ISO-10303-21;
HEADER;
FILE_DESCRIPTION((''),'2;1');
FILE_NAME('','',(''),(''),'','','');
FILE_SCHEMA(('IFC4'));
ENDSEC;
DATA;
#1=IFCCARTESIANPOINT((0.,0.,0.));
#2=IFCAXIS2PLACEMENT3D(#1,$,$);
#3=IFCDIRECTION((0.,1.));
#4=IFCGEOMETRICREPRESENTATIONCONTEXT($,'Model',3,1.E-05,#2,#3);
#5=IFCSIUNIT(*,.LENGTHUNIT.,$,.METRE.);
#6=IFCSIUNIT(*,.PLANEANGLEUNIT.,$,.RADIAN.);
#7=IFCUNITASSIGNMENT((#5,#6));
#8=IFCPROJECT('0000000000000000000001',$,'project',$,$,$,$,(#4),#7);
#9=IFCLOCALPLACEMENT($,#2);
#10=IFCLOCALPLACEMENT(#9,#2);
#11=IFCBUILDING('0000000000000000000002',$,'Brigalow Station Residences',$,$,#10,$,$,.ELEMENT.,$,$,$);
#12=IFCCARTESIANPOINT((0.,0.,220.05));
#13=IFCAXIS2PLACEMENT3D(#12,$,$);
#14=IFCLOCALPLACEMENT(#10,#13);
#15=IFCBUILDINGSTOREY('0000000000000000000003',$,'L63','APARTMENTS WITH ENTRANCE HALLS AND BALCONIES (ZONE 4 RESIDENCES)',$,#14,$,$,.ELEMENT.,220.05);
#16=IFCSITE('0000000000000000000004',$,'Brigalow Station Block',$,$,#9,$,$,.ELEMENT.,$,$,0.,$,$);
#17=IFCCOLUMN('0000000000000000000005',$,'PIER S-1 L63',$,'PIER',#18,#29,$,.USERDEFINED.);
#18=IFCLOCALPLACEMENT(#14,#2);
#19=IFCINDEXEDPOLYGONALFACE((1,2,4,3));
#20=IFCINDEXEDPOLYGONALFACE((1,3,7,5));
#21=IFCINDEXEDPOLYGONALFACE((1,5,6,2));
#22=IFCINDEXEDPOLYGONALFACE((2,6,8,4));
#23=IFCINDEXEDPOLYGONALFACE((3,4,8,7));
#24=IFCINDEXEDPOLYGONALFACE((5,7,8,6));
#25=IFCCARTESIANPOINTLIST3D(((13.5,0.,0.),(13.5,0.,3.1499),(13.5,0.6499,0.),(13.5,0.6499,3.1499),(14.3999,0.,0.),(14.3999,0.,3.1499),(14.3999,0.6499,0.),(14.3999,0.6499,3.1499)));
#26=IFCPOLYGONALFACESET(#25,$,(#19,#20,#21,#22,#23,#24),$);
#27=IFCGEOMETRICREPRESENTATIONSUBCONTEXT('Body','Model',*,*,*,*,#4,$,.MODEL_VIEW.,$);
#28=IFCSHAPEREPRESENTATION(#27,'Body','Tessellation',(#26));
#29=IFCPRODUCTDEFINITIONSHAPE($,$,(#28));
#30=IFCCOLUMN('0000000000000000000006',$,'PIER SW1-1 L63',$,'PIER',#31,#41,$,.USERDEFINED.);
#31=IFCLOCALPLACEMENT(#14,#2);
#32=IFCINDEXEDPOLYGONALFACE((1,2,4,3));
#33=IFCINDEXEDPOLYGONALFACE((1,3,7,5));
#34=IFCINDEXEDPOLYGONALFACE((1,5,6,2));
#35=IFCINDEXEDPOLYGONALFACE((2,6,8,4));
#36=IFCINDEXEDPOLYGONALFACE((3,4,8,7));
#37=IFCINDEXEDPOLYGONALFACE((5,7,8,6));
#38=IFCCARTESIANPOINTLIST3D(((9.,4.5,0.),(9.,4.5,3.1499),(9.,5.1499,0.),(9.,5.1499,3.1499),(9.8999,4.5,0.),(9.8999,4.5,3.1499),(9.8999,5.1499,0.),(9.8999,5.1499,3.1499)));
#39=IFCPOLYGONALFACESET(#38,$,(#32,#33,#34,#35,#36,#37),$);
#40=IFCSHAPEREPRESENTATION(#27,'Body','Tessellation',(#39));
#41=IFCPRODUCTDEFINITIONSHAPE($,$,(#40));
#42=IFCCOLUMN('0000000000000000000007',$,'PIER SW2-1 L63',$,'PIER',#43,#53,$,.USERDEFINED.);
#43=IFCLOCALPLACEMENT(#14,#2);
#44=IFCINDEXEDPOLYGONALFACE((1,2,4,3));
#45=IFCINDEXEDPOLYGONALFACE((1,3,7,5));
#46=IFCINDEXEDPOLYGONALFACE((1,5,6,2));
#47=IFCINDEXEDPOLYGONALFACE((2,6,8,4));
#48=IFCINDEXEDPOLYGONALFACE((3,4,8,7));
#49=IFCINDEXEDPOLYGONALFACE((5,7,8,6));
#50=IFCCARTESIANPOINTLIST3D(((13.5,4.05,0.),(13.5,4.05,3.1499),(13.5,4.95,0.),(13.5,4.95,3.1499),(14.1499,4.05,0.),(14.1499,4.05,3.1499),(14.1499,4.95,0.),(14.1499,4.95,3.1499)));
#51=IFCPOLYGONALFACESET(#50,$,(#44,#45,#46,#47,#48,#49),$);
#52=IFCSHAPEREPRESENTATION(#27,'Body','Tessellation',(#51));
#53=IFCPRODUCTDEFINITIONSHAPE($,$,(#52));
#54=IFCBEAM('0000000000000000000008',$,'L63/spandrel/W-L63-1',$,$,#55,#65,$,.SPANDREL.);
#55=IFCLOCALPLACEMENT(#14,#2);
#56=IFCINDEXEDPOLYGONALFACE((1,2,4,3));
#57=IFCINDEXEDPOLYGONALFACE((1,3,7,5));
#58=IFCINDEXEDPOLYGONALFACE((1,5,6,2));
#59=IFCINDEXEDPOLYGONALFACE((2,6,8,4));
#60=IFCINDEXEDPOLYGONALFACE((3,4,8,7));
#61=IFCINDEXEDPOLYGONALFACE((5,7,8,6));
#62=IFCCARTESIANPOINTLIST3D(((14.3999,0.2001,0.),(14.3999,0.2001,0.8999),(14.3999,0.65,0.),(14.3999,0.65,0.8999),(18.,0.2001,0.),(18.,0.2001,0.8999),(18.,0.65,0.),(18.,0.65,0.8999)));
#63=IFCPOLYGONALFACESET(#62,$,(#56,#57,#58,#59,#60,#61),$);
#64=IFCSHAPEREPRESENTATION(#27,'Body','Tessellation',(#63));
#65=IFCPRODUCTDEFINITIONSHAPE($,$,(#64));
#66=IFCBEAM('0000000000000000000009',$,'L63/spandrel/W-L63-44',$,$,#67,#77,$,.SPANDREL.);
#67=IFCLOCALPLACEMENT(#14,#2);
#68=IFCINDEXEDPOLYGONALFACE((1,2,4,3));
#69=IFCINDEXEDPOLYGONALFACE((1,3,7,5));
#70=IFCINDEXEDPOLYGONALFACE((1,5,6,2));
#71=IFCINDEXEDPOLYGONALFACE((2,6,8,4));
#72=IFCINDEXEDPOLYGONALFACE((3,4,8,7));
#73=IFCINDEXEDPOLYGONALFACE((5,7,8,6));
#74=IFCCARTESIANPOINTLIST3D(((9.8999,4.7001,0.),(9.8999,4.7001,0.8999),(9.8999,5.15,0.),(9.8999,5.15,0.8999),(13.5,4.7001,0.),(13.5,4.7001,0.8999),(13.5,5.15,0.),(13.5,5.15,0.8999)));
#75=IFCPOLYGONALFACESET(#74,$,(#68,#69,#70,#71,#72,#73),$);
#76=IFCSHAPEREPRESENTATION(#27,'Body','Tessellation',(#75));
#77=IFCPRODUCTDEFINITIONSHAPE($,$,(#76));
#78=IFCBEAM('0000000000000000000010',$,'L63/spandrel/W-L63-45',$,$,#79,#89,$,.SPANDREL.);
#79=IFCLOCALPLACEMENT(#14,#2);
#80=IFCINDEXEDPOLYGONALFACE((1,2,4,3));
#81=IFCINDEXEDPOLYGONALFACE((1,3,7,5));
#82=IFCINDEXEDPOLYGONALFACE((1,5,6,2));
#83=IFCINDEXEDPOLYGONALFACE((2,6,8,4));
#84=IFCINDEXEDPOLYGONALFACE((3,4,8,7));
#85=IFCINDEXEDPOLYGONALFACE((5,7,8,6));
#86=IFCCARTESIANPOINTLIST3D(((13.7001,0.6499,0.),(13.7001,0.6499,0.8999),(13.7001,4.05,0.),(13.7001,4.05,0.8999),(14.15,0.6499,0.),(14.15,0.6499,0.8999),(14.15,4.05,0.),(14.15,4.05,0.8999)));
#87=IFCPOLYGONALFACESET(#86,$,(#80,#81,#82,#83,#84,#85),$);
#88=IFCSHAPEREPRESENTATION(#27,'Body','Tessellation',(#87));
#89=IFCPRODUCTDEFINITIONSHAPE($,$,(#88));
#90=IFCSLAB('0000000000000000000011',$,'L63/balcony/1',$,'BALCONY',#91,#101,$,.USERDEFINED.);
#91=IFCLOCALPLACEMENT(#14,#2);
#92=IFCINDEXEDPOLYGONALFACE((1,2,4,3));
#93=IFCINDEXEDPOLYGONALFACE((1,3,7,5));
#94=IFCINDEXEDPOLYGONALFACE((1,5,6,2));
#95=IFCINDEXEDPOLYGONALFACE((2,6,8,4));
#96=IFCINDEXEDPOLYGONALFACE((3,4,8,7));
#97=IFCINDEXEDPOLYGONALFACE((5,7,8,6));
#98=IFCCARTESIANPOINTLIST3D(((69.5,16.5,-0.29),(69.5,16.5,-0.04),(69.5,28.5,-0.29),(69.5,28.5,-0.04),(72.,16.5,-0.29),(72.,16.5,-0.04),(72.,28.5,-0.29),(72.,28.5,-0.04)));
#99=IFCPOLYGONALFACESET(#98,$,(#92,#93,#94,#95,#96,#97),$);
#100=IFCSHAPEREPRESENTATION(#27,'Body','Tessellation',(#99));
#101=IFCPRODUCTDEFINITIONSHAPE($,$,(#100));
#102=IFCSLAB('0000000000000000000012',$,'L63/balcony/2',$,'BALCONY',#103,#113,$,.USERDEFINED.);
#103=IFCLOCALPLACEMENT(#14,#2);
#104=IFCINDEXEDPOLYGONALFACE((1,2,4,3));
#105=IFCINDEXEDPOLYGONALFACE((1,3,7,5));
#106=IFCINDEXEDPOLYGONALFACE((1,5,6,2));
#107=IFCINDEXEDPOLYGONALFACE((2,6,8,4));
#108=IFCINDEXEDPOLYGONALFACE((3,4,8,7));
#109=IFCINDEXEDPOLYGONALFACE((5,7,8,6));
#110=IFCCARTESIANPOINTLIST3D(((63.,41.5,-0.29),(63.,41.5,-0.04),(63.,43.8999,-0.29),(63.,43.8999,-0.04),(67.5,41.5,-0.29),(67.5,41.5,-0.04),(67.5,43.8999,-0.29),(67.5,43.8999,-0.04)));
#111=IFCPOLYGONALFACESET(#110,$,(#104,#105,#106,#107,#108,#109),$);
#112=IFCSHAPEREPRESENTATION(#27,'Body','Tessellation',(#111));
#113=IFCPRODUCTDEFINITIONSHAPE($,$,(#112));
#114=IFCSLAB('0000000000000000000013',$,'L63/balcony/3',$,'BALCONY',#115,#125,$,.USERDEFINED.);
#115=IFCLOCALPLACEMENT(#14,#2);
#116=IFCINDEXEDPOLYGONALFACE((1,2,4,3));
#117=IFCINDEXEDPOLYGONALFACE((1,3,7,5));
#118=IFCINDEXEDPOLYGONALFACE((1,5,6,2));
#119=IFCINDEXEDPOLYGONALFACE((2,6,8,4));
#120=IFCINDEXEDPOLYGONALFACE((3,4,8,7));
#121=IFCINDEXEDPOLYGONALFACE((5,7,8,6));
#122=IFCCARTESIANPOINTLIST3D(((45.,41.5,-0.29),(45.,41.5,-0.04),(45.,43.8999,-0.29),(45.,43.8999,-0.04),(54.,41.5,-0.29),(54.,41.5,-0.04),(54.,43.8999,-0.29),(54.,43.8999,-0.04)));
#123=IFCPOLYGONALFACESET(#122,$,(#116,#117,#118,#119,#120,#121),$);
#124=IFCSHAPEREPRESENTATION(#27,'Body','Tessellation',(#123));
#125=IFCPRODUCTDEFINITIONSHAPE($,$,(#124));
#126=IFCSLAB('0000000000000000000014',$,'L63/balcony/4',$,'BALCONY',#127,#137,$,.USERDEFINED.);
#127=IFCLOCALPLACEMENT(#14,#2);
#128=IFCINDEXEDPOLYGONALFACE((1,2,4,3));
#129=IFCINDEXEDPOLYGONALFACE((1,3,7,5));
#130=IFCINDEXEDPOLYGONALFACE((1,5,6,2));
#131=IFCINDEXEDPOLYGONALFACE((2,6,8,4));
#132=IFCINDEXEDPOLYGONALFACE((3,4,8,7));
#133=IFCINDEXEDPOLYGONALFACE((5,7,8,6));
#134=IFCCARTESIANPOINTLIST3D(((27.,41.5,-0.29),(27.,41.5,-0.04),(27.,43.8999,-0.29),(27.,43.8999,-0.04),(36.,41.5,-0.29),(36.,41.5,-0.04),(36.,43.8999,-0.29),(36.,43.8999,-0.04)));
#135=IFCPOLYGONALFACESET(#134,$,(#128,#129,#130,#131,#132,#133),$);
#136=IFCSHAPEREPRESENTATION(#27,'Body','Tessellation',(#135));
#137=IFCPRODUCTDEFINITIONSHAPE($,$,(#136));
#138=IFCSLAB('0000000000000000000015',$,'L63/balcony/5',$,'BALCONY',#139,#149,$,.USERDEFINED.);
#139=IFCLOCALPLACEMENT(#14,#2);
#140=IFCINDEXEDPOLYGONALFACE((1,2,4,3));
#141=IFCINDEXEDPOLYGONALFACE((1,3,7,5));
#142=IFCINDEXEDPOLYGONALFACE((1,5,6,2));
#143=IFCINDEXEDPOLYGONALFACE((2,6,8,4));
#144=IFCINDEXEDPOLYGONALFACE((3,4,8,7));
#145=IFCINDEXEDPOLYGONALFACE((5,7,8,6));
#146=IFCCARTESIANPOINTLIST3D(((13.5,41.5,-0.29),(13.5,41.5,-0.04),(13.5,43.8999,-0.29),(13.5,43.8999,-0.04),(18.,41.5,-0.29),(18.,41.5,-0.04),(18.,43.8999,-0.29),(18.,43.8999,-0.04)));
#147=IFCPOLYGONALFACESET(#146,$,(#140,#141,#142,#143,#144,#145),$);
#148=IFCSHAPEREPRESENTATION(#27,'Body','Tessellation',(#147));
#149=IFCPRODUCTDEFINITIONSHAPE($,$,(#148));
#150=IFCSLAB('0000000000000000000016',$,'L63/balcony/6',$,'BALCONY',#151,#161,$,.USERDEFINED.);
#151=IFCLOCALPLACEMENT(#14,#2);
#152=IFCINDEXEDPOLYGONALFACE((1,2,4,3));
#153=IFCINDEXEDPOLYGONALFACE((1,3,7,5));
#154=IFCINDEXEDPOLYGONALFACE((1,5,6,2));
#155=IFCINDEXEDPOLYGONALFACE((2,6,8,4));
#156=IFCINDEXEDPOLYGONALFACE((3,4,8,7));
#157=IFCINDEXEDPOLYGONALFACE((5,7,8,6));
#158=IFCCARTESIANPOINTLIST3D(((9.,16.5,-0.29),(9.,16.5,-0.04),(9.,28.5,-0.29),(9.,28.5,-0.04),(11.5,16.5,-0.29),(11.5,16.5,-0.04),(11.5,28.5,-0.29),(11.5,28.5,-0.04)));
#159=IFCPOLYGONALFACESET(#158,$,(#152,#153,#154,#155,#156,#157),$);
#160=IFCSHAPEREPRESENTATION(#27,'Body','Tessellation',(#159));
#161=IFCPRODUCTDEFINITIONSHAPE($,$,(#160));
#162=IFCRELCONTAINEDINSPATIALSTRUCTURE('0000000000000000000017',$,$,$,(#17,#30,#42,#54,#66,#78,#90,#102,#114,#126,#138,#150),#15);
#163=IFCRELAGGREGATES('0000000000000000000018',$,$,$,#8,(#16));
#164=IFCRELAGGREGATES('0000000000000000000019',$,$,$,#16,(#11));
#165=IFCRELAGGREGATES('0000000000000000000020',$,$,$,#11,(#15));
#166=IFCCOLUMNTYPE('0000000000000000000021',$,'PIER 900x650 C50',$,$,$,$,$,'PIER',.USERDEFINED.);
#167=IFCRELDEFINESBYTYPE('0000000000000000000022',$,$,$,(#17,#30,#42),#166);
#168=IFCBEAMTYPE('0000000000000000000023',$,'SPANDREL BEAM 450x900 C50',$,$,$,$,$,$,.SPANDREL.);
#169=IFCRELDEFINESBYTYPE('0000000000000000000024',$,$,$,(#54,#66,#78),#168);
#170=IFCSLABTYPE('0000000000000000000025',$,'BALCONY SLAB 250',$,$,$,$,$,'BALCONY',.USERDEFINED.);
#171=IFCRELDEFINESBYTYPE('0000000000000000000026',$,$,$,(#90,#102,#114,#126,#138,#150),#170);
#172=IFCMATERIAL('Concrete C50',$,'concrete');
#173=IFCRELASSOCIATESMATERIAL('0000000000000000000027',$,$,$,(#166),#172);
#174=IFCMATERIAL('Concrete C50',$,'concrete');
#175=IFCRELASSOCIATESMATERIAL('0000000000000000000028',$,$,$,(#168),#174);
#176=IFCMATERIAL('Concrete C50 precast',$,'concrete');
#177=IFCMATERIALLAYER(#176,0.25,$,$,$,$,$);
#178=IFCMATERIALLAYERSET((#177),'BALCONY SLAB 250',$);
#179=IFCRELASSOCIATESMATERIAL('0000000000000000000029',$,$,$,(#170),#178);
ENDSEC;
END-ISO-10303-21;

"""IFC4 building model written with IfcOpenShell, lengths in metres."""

from ifc_helpers import new_model, si_unit, direction, frame, origin, origin_2d, place, context, subcontext, project, spatial, polyline, rectangle, outline, extrude, material, layer, layer_set, material_profile, profile_set, type_object, element, save


model = new_model("IFC4")

# Units and contexts
model_context = context("Model", 3, precision=1e-05, world=origin(), true_north=direction((0.0, 1.0)))
body_context = subcontext(model_context, "Body", "Model", "MODEL_VIEW")
ifc_project = project(units=[si_unit("LENGTHUNIT", "METRE"), si_unit("PLANEANGLEUNIT", "RADIAN")], contexts=[model_context])

# Site, building, storey
site_placement = place(None, origin())
site = spatial("IfcSite", under=ifc_project, at=site_placement, Name="Brigalow Station Block", CompositionType="ELEMENT", RefElevation=0.0)
building_placement = place(site_placement, origin())
building = spatial("IfcBuilding", under=site, at=building_placement, Name="Brigalow Station Residences", CompositionType="ELEMENT")
storey_placement = place(building_placement, frame((0.0, 0.0, 220.05)))
storey = spatial("IfcBuildingStorey", under=building, at=storey_placement, Name="L63", Description="APARTMENTS WITH ENTRANCE HALLS AND BALCONIES (ZONE 4 RESIDENCES)", CompositionType="ELEMENT", Elevation=220.05)

# Columns
ifc_material_1 = material(Name="Concrete C50", Category="concrete")
ifc_material_profile_1 = material_profile(ifc_material_1, rectangle(XDim=0.8999, YDim=0.6499, at=origin_2d()), Name="RC900x650")
ifc_profile_set_1 = profile_set([ifc_material_profile_1], Name="Concrete C50")
column_type = type_object("IfcColumnType", Name="PIER 900x650 C50", ElementType="PIER", PredefinedType="USERDEFINED", material=ifc_profile_set_1)
for number, where, z_axis, x_axis, name in (
    (1, (13.95, 0.325, 0.0), (0.0, 0.0, 1.0), (1.0, 0.0, 0.0), "PIER S-1 L63"),
    (2, (9.45, 4.825, 0.0), (0.0, 0.0, 1.0), (1.0, 0.0, 0.0), "PIER SW1-1 L63"),
    (3, (13.825, 4.5, 0.0), (0.0, 0.0, 1.0), (0.0, -1.0, 0.0), "PIER SW2-1 L63"),
):
    element("IfcColumn", number, at=place(storey_placement, frame(where, z_axis=z_axis, x_axis=x_axis)), inside=storey, type_object=column_type, Name=name, ObjectType="PIER", PredefinedType="USERDEFINED", context=body_context, shape_type="SweptSolid", body=[
        extrude(rectangle(XDim=0.8999, YDim=0.6499, at=origin_2d()), origin(), (0.0, 0.0, 1.0), 3.1499),
    ])

# Beams
ifc_material_2 = material(Name="Concrete C50", Category="concrete")
ifc_material_profile_2 = material_profile(ifc_material_2, rectangle(XDim=0.45, YDim=0.8999, at=origin_2d()), Name="RC450x900")
ifc_profile_set_2 = profile_set([ifc_material_profile_2], Name="Concrete C50")
beam_type = type_object("IfcBeamType", Name="SPANDREL BEAM 450x900 C50", PredefinedType="SPANDREL", material=ifc_profile_set_2)
for number, where, z_axis, x_axis, name in (
    (4, (14.3999, 0.425, 0.45), (1.0, 0.0, 0.0), (0.0, 1.0, 0.0), "L63/spandrel/W-L63-1"),
    (5, (9.8999, 4.925, 0.45), (1.0, 0.0, 0.0), (0.0, 1.0, 0.0), "L63/spandrel/W-L63-44"),
):
    element("IfcBeam", number, at=place(storey_placement, frame(where, z_axis=z_axis, x_axis=x_axis)), inside=storey, type_object=beam_type, Name=name, PredefinedType="SPANDREL", context=body_context, shape_type="SweptSolid", body=[
        extrude(rectangle(XDim=0.45, YDim=0.8999, at=origin_2d()), origin(), (0.0, 0.0, 1.0), 3.6001),
    ])
beam_placement = place(storey_placement, frame((13.925, 4.05, 0.45), z_axis=(0.0, -1.0, 0.0), x_axis=(1.0, 0.0, 0.0)))
element("IfcBeam", 6, at=beam_placement, inside=storey, type_object=beam_type, Name="L63/spandrel/W-L63-45", PredefinedType="SPANDREL", context=body_context, shape_type="SweptSolid", body=[
    extrude(rectangle(XDim=0.45, YDim=0.8999, at=origin_2d()), origin(), (0.0, 0.0, 1.0), 3.4001),
])

# Slabs
ifc_material_3 = material(Name="Concrete C50 precast", Category="concrete")
ifc_layer_1 = layer(ifc_material_3, 0.25)
ifc_layer_set_1 = layer_set([ifc_layer_1], Name="BALCONY SLAB 250")
slab_type_1 = type_object("IfcSlabType", Name="BALCONY SLAB 250", ElementType="BALCONY", PredefinedType="USERDEFINED", material=ifc_layer_set_1)
slab_1_placement = place(storey_placement, frame((0.0, 0.0, -0.29)))
element("IfcSlab", 7, at=slab_1_placement, inside=storey, type_object=slab_type_1, Name="L63/balcony/1", ObjectType="BALCONY", PredefinedType="USERDEFINED", context=body_context, shape_type="SweptSolid", body=[
    extrude(outline(polyline([(69.5, 16.5), (72.0, 16.5), (72.0, 28.5), (69.5, 28.5), (69.5, 16.5)])), origin(), (0.0, 0.0, 1.0), 0.25),
])
slab_2_placement = place(storey_placement, frame((0.0, 0.0, -0.29)))
element("IfcSlab", 8, at=slab_2_placement, inside=storey, type_object=slab_type_1, Name="L63/balcony/2", ObjectType="BALCONY", PredefinedType="USERDEFINED", context=body_context, shape_type="SweptSolid", body=[
    extrude(outline(polyline([(67.5, 41.5), (67.5, 43.8999), (63.0, 43.8999), (63.0, 41.5), (67.5, 41.5)])), origin(), (0.0, 0.0, 1.0), 0.25),
])
slab_3_placement = place(storey_placement, frame((0.0, 0.0, -0.29)))
element("IfcSlab", 9, at=slab_3_placement, inside=storey, type_object=slab_type_1, Name="L63/balcony/3", ObjectType="BALCONY", PredefinedType="USERDEFINED", context=body_context, shape_type="SweptSolid", body=[
    extrude(outline(polyline([(54.0, 41.5), (54.0, 43.8999), (45.0, 43.8999), (45.0, 41.5), (54.0, 41.5)])), origin(), (0.0, 0.0, 1.0), 0.25),
])
slab_4_placement = place(storey_placement, frame((0.0, 0.0, -0.29)))
element("IfcSlab", 10, at=slab_4_placement, inside=storey, type_object=slab_type_1, Name="L63/balcony/4", ObjectType="BALCONY", PredefinedType="USERDEFINED", context=body_context, shape_type="SweptSolid", body=[
    extrude(outline(polyline([(36.0, 41.5), (36.0, 43.8999), (27.0, 43.8999), (27.0, 41.5), (36.0, 41.5)])), origin(), (0.0, 0.0, 1.0), 0.25),
])
slab_5_placement = place(storey_placement, frame((0.0, 0.0, -0.29)))
element("IfcSlab", 11, at=slab_5_placement, inside=storey, type_object=slab_type_1, Name="L63/balcony/5", ObjectType="BALCONY", PredefinedType="USERDEFINED", context=body_context, shape_type="SweptSolid", body=[
    extrude(outline(polyline([(18.0, 41.5), (18.0, 43.8999), (13.5, 43.8999), (13.5, 41.5), (18.0, 41.5)])), origin(), (0.0, 0.0, 1.0), 0.25),
])
slab_6_placement = place(storey_placement, frame((0.0, 0.0, -0.29)))
element("IfcSlab", 12, at=slab_6_placement, inside=storey, type_object=slab_type_1, Name="L63/balcony/6", ObjectType="BALCONY", PredefinedType="USERDEFINED", context=body_context, shape_type="SweptSolid", body=[
    extrude(outline(polyline([(11.5, 28.5), (9.0, 28.5), (9.0, 16.5), (11.5, 16.5), (11.5, 28.5)])), origin(), (0.0, 0.0, 1.0), 0.25),
])

save(model, "model.ifc")
